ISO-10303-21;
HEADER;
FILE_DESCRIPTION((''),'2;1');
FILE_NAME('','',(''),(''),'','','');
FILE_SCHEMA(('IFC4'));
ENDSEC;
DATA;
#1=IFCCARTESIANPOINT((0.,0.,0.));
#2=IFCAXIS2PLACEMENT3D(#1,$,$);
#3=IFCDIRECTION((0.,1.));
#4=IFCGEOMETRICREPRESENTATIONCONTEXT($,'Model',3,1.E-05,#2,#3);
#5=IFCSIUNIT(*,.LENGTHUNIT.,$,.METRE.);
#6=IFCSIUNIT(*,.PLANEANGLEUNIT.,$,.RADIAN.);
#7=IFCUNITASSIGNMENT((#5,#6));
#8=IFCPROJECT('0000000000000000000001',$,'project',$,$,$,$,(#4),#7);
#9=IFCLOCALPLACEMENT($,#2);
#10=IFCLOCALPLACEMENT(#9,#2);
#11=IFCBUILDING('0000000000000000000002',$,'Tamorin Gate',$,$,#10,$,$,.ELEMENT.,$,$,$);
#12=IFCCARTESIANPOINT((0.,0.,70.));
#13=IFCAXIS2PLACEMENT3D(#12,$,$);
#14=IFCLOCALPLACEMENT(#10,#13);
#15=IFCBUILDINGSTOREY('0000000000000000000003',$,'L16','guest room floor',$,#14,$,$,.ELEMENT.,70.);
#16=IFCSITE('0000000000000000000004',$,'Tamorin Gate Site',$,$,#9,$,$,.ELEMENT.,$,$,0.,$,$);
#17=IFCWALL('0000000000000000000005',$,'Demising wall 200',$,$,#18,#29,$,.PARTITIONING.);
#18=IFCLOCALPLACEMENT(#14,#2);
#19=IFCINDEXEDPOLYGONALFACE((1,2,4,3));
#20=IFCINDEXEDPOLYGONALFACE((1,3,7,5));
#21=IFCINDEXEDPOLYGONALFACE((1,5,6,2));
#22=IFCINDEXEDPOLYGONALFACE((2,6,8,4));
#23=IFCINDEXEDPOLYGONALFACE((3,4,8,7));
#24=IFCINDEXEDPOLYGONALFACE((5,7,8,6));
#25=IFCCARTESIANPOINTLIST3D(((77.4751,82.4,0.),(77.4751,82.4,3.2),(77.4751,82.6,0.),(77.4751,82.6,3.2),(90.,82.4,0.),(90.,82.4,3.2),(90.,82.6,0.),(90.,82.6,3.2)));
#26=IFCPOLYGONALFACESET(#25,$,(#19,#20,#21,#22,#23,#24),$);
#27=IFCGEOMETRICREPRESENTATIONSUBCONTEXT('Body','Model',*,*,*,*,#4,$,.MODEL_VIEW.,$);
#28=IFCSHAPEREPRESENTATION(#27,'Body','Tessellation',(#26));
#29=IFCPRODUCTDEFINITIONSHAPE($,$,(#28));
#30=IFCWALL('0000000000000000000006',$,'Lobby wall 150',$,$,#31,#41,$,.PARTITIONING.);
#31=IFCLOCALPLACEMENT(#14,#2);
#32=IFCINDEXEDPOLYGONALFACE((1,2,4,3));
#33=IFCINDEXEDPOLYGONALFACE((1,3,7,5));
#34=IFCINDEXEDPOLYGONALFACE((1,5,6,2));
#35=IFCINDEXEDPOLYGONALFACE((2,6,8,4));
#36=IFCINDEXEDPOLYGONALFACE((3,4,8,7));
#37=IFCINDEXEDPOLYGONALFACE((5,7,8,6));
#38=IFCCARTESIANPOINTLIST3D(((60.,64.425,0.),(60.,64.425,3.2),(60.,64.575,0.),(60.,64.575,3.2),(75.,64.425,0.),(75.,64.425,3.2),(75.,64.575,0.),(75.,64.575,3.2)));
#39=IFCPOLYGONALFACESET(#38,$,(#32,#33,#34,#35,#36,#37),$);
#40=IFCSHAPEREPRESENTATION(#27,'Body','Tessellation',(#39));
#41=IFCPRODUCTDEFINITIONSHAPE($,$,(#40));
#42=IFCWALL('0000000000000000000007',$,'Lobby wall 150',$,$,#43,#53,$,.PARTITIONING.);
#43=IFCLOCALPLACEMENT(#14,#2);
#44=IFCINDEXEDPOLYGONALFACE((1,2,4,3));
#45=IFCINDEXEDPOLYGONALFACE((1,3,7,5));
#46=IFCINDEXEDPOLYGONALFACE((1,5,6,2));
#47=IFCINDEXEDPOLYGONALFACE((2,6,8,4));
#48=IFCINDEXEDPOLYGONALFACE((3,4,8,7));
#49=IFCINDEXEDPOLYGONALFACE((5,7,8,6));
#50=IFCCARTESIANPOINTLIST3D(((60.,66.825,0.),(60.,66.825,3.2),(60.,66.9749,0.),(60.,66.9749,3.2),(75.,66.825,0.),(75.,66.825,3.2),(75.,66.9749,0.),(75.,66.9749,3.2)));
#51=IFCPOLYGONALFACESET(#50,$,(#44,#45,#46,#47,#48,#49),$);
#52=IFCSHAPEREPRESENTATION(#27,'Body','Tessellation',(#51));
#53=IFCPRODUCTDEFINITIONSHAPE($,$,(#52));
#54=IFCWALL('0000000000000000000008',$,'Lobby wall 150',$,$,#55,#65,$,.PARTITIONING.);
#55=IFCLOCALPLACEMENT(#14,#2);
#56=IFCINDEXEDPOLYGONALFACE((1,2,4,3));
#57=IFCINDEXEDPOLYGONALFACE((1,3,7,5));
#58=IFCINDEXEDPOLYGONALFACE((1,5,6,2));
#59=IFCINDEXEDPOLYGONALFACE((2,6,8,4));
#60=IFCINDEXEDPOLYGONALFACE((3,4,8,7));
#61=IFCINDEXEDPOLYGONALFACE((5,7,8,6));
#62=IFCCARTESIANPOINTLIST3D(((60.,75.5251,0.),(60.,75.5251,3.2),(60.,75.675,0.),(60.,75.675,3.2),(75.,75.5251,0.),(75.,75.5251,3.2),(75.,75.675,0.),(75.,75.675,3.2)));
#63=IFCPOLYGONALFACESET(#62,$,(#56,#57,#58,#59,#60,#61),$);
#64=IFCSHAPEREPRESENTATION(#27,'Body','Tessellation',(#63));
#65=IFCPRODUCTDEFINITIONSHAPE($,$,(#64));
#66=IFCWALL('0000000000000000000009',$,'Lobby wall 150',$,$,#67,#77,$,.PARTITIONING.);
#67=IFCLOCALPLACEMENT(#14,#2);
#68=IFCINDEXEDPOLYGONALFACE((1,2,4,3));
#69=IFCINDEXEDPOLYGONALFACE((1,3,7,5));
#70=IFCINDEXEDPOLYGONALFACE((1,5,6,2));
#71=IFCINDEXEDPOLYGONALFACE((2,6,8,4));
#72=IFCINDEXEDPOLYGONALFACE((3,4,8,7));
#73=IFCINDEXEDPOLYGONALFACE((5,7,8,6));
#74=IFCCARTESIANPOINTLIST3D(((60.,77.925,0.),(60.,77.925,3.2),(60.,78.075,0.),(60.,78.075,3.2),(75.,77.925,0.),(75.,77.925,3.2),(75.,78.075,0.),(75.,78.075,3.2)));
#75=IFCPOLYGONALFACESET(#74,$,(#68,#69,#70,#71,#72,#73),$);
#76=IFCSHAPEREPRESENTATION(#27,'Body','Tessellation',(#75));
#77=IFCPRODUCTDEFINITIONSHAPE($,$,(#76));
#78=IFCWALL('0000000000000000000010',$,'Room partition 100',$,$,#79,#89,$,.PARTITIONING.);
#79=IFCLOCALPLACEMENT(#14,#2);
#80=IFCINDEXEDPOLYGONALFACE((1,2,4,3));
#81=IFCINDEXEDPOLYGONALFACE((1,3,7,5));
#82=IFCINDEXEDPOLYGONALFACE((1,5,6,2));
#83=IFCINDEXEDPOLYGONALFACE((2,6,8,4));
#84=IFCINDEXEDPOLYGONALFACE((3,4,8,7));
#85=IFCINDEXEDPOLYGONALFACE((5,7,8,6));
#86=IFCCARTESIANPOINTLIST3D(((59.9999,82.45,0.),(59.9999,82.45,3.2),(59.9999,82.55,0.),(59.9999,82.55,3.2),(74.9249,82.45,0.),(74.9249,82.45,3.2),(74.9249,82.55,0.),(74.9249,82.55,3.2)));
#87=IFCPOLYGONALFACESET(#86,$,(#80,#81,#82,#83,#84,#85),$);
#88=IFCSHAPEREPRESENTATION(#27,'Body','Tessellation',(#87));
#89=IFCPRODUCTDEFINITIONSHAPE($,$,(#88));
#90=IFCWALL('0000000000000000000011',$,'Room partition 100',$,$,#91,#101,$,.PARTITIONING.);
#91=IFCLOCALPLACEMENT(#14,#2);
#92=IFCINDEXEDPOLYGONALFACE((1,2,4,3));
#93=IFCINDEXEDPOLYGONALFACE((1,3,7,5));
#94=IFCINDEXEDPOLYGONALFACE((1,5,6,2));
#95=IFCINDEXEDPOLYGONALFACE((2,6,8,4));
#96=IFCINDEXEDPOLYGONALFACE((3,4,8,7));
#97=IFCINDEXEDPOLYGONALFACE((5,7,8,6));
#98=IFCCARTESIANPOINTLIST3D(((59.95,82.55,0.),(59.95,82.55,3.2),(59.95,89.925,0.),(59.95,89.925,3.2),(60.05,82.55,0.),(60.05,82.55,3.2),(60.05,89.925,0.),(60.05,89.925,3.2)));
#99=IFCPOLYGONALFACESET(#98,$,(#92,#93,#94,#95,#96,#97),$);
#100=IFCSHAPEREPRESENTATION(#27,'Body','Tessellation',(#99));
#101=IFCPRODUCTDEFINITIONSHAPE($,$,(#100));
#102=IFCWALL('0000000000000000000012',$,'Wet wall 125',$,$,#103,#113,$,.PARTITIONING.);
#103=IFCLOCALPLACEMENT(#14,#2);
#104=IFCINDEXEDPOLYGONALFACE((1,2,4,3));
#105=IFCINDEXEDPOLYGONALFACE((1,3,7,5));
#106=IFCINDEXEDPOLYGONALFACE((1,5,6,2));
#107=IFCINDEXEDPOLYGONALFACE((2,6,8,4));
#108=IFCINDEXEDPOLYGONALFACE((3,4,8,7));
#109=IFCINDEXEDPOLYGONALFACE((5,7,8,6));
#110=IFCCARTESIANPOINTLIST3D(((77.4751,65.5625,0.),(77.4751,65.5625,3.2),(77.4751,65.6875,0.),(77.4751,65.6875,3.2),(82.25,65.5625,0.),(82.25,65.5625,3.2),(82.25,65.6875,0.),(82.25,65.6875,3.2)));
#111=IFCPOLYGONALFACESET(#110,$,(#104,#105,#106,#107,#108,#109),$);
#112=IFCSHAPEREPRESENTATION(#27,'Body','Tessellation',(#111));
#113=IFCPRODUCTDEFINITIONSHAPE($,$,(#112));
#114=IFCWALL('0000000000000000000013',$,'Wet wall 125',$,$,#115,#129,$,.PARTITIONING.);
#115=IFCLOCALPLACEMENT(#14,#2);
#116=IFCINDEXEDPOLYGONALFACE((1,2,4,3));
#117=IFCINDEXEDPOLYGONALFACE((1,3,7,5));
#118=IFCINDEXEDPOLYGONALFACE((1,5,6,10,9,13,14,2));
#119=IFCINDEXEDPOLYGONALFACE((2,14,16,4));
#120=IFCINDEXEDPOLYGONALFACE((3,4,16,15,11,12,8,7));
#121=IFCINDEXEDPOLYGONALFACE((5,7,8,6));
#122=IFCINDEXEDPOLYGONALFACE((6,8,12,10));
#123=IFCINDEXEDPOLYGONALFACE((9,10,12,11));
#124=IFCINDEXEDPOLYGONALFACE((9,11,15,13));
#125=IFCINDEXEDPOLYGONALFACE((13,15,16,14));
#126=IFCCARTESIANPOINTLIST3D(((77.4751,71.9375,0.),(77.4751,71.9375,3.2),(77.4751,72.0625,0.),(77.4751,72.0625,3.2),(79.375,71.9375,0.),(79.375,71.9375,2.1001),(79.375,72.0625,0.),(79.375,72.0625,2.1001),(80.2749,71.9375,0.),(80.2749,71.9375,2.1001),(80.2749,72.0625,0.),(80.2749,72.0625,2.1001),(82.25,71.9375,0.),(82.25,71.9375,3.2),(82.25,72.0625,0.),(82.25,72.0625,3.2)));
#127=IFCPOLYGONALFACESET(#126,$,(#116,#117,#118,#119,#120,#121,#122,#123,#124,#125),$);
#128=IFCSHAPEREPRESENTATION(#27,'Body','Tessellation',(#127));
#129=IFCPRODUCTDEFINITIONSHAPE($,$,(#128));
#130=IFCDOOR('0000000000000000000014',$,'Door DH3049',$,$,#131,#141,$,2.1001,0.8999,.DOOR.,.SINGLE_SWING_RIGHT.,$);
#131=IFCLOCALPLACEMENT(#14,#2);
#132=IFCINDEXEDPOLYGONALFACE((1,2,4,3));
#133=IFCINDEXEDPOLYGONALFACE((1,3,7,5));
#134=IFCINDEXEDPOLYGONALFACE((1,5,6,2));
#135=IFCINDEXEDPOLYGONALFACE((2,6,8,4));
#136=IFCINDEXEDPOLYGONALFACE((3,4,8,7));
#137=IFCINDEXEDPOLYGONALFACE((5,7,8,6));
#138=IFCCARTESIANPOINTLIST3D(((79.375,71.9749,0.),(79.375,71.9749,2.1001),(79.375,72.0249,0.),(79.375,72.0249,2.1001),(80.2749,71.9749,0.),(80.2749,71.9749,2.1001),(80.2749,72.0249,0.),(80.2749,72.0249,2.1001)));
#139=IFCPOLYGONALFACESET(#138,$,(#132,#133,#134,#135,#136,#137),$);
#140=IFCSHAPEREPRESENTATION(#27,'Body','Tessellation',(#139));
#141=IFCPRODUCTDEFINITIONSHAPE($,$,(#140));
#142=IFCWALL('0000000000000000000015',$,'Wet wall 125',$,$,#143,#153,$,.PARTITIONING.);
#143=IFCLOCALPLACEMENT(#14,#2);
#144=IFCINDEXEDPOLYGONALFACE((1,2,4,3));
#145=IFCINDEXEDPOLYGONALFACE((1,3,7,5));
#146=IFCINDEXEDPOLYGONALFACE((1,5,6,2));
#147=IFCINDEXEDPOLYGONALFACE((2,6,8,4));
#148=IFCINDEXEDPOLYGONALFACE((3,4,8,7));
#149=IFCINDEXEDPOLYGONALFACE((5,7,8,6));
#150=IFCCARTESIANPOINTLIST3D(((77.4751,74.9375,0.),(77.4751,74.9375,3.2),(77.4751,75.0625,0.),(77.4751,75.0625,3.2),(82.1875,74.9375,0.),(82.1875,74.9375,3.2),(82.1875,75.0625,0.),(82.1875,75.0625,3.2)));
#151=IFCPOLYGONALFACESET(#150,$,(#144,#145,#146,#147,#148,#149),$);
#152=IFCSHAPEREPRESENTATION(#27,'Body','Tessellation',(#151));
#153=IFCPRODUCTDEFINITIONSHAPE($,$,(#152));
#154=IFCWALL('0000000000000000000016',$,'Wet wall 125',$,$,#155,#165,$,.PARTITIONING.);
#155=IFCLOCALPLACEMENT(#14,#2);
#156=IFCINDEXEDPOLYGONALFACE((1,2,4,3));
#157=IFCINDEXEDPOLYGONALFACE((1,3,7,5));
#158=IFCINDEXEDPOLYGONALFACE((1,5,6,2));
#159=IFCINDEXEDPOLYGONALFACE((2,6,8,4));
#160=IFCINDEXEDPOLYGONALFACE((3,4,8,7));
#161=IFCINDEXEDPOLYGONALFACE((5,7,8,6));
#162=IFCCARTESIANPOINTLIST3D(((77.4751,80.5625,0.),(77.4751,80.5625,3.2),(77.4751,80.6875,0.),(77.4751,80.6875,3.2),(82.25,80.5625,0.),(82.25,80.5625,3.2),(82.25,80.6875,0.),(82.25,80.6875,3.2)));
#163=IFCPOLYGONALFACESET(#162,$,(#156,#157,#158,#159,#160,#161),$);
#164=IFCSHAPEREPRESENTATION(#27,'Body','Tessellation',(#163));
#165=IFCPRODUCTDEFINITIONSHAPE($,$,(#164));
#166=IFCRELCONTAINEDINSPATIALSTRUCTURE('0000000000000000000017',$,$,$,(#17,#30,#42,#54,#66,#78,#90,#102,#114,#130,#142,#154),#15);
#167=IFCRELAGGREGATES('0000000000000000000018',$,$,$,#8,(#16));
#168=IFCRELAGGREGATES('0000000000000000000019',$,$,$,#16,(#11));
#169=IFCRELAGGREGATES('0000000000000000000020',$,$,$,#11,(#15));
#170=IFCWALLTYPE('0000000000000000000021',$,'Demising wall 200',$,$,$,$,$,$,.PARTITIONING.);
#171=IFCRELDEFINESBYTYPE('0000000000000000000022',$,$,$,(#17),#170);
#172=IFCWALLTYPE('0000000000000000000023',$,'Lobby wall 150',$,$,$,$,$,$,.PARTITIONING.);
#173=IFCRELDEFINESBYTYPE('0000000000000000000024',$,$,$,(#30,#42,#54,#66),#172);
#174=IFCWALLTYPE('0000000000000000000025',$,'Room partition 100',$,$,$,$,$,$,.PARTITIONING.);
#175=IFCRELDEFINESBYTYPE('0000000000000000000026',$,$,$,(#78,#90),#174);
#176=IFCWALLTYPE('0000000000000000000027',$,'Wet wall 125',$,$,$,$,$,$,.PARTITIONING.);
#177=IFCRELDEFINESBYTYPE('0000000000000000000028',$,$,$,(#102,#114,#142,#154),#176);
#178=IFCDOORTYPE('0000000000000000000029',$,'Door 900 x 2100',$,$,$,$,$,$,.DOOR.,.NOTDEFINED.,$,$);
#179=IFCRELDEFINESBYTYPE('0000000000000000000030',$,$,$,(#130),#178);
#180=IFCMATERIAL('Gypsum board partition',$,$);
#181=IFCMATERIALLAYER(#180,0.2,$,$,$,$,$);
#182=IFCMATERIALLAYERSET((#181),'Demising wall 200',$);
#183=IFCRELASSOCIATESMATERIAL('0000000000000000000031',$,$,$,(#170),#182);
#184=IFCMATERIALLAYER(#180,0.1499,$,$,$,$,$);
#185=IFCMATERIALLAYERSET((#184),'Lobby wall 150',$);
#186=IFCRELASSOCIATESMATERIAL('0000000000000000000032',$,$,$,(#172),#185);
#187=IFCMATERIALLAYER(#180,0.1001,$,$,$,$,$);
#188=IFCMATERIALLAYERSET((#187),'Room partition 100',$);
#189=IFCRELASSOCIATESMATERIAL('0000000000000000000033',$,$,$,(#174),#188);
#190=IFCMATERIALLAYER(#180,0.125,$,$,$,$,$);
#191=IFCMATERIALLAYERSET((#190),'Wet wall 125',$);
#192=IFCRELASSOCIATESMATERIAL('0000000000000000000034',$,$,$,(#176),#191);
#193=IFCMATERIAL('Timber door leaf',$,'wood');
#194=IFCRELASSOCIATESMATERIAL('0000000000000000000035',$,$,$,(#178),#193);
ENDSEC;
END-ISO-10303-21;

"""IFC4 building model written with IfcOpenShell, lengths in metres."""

from ifc_helpers import new_model, si_unit, direction, frame, frame_2d, origin, place, context, subcontext, project, spatial, rectangle, extrude, material, layer, layer_set, type_object, element, fill, save


model = new_model("IFC4")

# Units and contexts
model_context = context("Model", 3, precision=1e-05, world=origin(), true_north=direction((0.0, 1.0)))
body_context = subcontext(model_context, "Body", "Model", "MODEL_VIEW")
ifc_project = project(units=[si_unit("LENGTHUNIT", "METRE"), si_unit("PLANEANGLEUNIT", "RADIAN")], contexts=[model_context])

# Site, building, storey
site_placement = place(None, origin())
site = spatial("IfcSite", under=ifc_project, at=site_placement, Name="Tamorin Gate Site", CompositionType="ELEMENT", RefElevation=0.0)
building_placement = place(site_placement, origin())
building = spatial("IfcBuilding", under=site, at=building_placement, Name="Tamorin Gate", CompositionType="ELEMENT")
storey_placement = place(building_placement, frame((0.0, 0.0, 70.0)))
storey = spatial("IfcBuildingStorey", under=building, at=storey_placement, Name="L16", Description="guest room floor", CompositionType="ELEMENT", Elevation=70.0)

# Shared definitions
ifc_material_1 = material(Name="Gypsum board partition")
ifc_material_2 = material(Name="Timber door leaf", Category="wood")

# Walls
ifc_layer_1 = layer(ifc_material_1, 0.2)
ifc_layer_set_1 = layer_set([ifc_layer_1], Name="Demising wall 200")
wall_type_1 = type_object("IfcWallType", Name="Demising wall 200", PredefinedType="PARTITIONING", material=ifc_layer_set_1)
wall_1_placement = place(storey_placement, frame((77.4751, 82.5, 0.0), z_axis=(0.0, 0.0, 1.0), x_axis=(1.0, 0.0, 0.0)))
element("IfcWall", 1, at=wall_1_placement, inside=storey, type_object=wall_type_1, Name="Demising wall 200", PredefinedType="PARTITIONING", context=body_context, shape_type="SweptSolid", body=[
    extrude(rectangle(XDim=12.5249, YDim=0.2, at=frame_2d((6.2625, 0.0))), origin(), (0.0, 0.0, 1.0), 3.2),
])
ifc_layer_2 = layer(ifc_material_1, 0.1499)
ifc_layer_set_2 = layer_set([ifc_layer_2], Name="Lobby wall 150")
wall_type_2 = type_object("IfcWallType", Name="Lobby wall 150", PredefinedType="PARTITIONING", material=ifc_layer_set_2)
for number, where, z_axis, x_axis, name in (
    (2, (60.0, 64.5, 0.0), (0.0, 0.0, 1.0), (1.0, 0.0, 0.0), "Lobby wall 150"),
    (3, (60.0, 66.8999, 0.0), (0.0, 0.0, 1.0), (1.0, 0.0, 0.0), "Lobby wall 150"),
    (4, (60.0, 75.6001, 0.0), (0.0, 0.0, 1.0), (1.0, 0.0, 0.0), "Lobby wall 150"),
    (5, (60.0, 78.0, 0.0), (0.0, 0.0, 1.0), (1.0, 0.0, 0.0), "Lobby wall 150"),
):
    element("IfcWall", number, at=place(storey_placement, frame(where, z_axis=z_axis, x_axis=x_axis)), inside=storey, type_object=wall_type_2, Name=name, PredefinedType="PARTITIONING", context=body_context, shape_type="SweptSolid", body=[
        extrude(rectangle(XDim=15.0, YDim=0.1499, at=frame_2d((7.5, 0.0))), origin(), (0.0, 0.0, 1.0), 3.2),
    ])
ifc_layer_3 = layer(ifc_material_1, 0.1001)
ifc_layer_set_3 = layer_set([ifc_layer_3], Name="Room partition 100")
wall_type_3 = type_object("IfcWallType", Name="Room partition 100", PredefinedType="PARTITIONING", material=ifc_layer_set_3)
wall_2_placement = place(storey_placement, frame((60.0, 82.5, 0.0), z_axis=(0.0, 0.0, 1.0), x_axis=(1.0, 0.0, 0.0)))
element("IfcWall", 6, at=wall_2_placement, inside=storey, type_object=wall_type_3, Name="Room partition 100", PredefinedType="PARTITIONING", context=body_context, shape_type="SweptSolid", body=[
    extrude(rectangle(XDim=14.925, YDim=0.1001, at=frame_2d((7.4624, 0.0))), origin(), (0.0, 0.0, 1.0), 3.2),
])
wall_3_placement = place(storey_placement, frame((60.0, 82.55, 0.0), z_axis=(0.0, 0.0, 1.0), x_axis=(0.0, 1.0, 0.0)))
element("IfcWall", 7, at=wall_3_placement, inside=storey, type_object=wall_type_3, Name="Room partition 100", PredefinedType="PARTITIONING", context=body_context, shape_type="SweptSolid", body=[
    extrude(rectangle(XDim=7.375, YDim=0.1001, at=frame_2d((3.6875, 0.0))), origin(), (0.0, 0.0, 1.0), 3.2),
])
ifc_layer_4 = layer(ifc_material_1, 0.125)
ifc_layer_set_4 = layer_set([ifc_layer_4], Name="Wet wall 125")
wall_type_4 = type_object("IfcWallType", Name="Wet wall 125", PredefinedType="PARTITIONING", material=ifc_layer_set_4)
wall_4_placement = place(storey_placement, frame((77.4751, 65.625, 0.0), z_axis=(0.0, 0.0, 1.0), x_axis=(1.0, 0.0, 0.0)))
element("IfcWall", 8, at=wall_4_placement, inside=storey, type_object=wall_type_4, Name="Wet wall 125", PredefinedType="PARTITIONING", context=body_context, shape_type="SweptSolid", body=[
    extrude(rectangle(XDim=4.7749, YDim=0.125, at=frame_2d((2.3875, 0.0))), origin(), (0.0, 0.0, 1.0), 3.2),
])

# Wall, opening, door
wall_5_placement = place(storey_placement, frame((77.4751, 72.0, 0.0), z_axis=(0.0, 0.0, 1.0), x_axis=(1.0, 0.0, 0.0)))
wall_5 = element("IfcWall", 9, at=wall_5_placement, inside=storey, type_object=wall_type_4, Name="Wet wall 125", PredefinedType="PARTITIONING", context=body_context, shape_type="SweptSolid", body=[
    extrude(rectangle(XDim=4.7749, YDim=0.125, at=frame_2d((2.3875, 0.0))), origin(), (0.0, 0.0, 1.0), 3.2),
])
opening_1_placement = place(wall_5_placement, frame((1.8999, 0.0, 0.0)))
opening_1 = element("IfcOpeningElement", 10, at=opening_1_placement, cuts=wall_5, PredefinedType="OPENING", context=body_context, shape_type="SweptSolid", body=[
    extrude(rectangle(XDim=0.8999, YDim=2.1001, at=frame_2d((0.45, 1.05))), frame((0.0, 0.0725, 0.0), z_axis=(0.0, -1.0, 0.0), x_axis=(1.0, 0.0, 0.0)), (0.0, 0.0, 1.0), 0.145),
])
door_type_1 = type_object("IfcDoorType", Name="Door 900 x 2100", OperationType="NOTDEFINED", PredefinedType="DOOR", material=ifc_material_2)
door_1_placement = place(opening_1_placement, origin())
door_1 = element("IfcDoor", 11, at=door_1_placement, inside=storey, type_object=door_type_1, Name="Door DH3049", OperationType="SINGLE_SWING_RIGHT", OverallHeight=2.1001, OverallWidth=0.8999, PredefinedType="DOOR", context=body_context, shape_type="SweptSolid", body=[
    extrude(rectangle(XDim=0.8999, YDim=2.1001, at=frame_2d((0.45, 1.05))), frame((0.0, 0.0249, 0.0), z_axis=(0.0, -1.0, 0.0), x_axis=(1.0, 0.0, 0.0)), (0.0, 0.0, 1.0), 0.05),
])
fill(opening_1, door_1)

# Walls
wall_6_placement = place(storey_placement, frame((77.4751, 75.0, 0.0), z_axis=(0.0, 0.0, 1.0), x_axis=(1.0, 0.0, 0.0)))
element("IfcWall", 12, at=wall_6_placement, inside=storey, type_object=wall_type_4, Name="Wet wall 125", PredefinedType="PARTITIONING", context=body_context, shape_type="SweptSolid", body=[
    extrude(rectangle(XDim=4.7124, YDim=0.125, at=frame_2d((2.3562, 0.0))), origin(), (0.0, 0.0, 1.0), 3.2),
])
wall_7_placement = place(storey_placement, frame((77.4751, 80.625, 0.0), z_axis=(0.0, 0.0, 1.0), x_axis=(1.0, 0.0, 0.0)))
element("IfcWall", 13, at=wall_7_placement, inside=storey, type_object=wall_type_4, Name="Wet wall 125", PredefinedType="PARTITIONING", context=body_context, shape_type="SweptSolid", body=[
    extrude(rectangle(XDim=4.7749, YDim=0.125, at=frame_2d((2.3875, 0.0))), origin(), (0.0, 0.0, 1.0), 3.2),
])

save(model, "model.ifc")
